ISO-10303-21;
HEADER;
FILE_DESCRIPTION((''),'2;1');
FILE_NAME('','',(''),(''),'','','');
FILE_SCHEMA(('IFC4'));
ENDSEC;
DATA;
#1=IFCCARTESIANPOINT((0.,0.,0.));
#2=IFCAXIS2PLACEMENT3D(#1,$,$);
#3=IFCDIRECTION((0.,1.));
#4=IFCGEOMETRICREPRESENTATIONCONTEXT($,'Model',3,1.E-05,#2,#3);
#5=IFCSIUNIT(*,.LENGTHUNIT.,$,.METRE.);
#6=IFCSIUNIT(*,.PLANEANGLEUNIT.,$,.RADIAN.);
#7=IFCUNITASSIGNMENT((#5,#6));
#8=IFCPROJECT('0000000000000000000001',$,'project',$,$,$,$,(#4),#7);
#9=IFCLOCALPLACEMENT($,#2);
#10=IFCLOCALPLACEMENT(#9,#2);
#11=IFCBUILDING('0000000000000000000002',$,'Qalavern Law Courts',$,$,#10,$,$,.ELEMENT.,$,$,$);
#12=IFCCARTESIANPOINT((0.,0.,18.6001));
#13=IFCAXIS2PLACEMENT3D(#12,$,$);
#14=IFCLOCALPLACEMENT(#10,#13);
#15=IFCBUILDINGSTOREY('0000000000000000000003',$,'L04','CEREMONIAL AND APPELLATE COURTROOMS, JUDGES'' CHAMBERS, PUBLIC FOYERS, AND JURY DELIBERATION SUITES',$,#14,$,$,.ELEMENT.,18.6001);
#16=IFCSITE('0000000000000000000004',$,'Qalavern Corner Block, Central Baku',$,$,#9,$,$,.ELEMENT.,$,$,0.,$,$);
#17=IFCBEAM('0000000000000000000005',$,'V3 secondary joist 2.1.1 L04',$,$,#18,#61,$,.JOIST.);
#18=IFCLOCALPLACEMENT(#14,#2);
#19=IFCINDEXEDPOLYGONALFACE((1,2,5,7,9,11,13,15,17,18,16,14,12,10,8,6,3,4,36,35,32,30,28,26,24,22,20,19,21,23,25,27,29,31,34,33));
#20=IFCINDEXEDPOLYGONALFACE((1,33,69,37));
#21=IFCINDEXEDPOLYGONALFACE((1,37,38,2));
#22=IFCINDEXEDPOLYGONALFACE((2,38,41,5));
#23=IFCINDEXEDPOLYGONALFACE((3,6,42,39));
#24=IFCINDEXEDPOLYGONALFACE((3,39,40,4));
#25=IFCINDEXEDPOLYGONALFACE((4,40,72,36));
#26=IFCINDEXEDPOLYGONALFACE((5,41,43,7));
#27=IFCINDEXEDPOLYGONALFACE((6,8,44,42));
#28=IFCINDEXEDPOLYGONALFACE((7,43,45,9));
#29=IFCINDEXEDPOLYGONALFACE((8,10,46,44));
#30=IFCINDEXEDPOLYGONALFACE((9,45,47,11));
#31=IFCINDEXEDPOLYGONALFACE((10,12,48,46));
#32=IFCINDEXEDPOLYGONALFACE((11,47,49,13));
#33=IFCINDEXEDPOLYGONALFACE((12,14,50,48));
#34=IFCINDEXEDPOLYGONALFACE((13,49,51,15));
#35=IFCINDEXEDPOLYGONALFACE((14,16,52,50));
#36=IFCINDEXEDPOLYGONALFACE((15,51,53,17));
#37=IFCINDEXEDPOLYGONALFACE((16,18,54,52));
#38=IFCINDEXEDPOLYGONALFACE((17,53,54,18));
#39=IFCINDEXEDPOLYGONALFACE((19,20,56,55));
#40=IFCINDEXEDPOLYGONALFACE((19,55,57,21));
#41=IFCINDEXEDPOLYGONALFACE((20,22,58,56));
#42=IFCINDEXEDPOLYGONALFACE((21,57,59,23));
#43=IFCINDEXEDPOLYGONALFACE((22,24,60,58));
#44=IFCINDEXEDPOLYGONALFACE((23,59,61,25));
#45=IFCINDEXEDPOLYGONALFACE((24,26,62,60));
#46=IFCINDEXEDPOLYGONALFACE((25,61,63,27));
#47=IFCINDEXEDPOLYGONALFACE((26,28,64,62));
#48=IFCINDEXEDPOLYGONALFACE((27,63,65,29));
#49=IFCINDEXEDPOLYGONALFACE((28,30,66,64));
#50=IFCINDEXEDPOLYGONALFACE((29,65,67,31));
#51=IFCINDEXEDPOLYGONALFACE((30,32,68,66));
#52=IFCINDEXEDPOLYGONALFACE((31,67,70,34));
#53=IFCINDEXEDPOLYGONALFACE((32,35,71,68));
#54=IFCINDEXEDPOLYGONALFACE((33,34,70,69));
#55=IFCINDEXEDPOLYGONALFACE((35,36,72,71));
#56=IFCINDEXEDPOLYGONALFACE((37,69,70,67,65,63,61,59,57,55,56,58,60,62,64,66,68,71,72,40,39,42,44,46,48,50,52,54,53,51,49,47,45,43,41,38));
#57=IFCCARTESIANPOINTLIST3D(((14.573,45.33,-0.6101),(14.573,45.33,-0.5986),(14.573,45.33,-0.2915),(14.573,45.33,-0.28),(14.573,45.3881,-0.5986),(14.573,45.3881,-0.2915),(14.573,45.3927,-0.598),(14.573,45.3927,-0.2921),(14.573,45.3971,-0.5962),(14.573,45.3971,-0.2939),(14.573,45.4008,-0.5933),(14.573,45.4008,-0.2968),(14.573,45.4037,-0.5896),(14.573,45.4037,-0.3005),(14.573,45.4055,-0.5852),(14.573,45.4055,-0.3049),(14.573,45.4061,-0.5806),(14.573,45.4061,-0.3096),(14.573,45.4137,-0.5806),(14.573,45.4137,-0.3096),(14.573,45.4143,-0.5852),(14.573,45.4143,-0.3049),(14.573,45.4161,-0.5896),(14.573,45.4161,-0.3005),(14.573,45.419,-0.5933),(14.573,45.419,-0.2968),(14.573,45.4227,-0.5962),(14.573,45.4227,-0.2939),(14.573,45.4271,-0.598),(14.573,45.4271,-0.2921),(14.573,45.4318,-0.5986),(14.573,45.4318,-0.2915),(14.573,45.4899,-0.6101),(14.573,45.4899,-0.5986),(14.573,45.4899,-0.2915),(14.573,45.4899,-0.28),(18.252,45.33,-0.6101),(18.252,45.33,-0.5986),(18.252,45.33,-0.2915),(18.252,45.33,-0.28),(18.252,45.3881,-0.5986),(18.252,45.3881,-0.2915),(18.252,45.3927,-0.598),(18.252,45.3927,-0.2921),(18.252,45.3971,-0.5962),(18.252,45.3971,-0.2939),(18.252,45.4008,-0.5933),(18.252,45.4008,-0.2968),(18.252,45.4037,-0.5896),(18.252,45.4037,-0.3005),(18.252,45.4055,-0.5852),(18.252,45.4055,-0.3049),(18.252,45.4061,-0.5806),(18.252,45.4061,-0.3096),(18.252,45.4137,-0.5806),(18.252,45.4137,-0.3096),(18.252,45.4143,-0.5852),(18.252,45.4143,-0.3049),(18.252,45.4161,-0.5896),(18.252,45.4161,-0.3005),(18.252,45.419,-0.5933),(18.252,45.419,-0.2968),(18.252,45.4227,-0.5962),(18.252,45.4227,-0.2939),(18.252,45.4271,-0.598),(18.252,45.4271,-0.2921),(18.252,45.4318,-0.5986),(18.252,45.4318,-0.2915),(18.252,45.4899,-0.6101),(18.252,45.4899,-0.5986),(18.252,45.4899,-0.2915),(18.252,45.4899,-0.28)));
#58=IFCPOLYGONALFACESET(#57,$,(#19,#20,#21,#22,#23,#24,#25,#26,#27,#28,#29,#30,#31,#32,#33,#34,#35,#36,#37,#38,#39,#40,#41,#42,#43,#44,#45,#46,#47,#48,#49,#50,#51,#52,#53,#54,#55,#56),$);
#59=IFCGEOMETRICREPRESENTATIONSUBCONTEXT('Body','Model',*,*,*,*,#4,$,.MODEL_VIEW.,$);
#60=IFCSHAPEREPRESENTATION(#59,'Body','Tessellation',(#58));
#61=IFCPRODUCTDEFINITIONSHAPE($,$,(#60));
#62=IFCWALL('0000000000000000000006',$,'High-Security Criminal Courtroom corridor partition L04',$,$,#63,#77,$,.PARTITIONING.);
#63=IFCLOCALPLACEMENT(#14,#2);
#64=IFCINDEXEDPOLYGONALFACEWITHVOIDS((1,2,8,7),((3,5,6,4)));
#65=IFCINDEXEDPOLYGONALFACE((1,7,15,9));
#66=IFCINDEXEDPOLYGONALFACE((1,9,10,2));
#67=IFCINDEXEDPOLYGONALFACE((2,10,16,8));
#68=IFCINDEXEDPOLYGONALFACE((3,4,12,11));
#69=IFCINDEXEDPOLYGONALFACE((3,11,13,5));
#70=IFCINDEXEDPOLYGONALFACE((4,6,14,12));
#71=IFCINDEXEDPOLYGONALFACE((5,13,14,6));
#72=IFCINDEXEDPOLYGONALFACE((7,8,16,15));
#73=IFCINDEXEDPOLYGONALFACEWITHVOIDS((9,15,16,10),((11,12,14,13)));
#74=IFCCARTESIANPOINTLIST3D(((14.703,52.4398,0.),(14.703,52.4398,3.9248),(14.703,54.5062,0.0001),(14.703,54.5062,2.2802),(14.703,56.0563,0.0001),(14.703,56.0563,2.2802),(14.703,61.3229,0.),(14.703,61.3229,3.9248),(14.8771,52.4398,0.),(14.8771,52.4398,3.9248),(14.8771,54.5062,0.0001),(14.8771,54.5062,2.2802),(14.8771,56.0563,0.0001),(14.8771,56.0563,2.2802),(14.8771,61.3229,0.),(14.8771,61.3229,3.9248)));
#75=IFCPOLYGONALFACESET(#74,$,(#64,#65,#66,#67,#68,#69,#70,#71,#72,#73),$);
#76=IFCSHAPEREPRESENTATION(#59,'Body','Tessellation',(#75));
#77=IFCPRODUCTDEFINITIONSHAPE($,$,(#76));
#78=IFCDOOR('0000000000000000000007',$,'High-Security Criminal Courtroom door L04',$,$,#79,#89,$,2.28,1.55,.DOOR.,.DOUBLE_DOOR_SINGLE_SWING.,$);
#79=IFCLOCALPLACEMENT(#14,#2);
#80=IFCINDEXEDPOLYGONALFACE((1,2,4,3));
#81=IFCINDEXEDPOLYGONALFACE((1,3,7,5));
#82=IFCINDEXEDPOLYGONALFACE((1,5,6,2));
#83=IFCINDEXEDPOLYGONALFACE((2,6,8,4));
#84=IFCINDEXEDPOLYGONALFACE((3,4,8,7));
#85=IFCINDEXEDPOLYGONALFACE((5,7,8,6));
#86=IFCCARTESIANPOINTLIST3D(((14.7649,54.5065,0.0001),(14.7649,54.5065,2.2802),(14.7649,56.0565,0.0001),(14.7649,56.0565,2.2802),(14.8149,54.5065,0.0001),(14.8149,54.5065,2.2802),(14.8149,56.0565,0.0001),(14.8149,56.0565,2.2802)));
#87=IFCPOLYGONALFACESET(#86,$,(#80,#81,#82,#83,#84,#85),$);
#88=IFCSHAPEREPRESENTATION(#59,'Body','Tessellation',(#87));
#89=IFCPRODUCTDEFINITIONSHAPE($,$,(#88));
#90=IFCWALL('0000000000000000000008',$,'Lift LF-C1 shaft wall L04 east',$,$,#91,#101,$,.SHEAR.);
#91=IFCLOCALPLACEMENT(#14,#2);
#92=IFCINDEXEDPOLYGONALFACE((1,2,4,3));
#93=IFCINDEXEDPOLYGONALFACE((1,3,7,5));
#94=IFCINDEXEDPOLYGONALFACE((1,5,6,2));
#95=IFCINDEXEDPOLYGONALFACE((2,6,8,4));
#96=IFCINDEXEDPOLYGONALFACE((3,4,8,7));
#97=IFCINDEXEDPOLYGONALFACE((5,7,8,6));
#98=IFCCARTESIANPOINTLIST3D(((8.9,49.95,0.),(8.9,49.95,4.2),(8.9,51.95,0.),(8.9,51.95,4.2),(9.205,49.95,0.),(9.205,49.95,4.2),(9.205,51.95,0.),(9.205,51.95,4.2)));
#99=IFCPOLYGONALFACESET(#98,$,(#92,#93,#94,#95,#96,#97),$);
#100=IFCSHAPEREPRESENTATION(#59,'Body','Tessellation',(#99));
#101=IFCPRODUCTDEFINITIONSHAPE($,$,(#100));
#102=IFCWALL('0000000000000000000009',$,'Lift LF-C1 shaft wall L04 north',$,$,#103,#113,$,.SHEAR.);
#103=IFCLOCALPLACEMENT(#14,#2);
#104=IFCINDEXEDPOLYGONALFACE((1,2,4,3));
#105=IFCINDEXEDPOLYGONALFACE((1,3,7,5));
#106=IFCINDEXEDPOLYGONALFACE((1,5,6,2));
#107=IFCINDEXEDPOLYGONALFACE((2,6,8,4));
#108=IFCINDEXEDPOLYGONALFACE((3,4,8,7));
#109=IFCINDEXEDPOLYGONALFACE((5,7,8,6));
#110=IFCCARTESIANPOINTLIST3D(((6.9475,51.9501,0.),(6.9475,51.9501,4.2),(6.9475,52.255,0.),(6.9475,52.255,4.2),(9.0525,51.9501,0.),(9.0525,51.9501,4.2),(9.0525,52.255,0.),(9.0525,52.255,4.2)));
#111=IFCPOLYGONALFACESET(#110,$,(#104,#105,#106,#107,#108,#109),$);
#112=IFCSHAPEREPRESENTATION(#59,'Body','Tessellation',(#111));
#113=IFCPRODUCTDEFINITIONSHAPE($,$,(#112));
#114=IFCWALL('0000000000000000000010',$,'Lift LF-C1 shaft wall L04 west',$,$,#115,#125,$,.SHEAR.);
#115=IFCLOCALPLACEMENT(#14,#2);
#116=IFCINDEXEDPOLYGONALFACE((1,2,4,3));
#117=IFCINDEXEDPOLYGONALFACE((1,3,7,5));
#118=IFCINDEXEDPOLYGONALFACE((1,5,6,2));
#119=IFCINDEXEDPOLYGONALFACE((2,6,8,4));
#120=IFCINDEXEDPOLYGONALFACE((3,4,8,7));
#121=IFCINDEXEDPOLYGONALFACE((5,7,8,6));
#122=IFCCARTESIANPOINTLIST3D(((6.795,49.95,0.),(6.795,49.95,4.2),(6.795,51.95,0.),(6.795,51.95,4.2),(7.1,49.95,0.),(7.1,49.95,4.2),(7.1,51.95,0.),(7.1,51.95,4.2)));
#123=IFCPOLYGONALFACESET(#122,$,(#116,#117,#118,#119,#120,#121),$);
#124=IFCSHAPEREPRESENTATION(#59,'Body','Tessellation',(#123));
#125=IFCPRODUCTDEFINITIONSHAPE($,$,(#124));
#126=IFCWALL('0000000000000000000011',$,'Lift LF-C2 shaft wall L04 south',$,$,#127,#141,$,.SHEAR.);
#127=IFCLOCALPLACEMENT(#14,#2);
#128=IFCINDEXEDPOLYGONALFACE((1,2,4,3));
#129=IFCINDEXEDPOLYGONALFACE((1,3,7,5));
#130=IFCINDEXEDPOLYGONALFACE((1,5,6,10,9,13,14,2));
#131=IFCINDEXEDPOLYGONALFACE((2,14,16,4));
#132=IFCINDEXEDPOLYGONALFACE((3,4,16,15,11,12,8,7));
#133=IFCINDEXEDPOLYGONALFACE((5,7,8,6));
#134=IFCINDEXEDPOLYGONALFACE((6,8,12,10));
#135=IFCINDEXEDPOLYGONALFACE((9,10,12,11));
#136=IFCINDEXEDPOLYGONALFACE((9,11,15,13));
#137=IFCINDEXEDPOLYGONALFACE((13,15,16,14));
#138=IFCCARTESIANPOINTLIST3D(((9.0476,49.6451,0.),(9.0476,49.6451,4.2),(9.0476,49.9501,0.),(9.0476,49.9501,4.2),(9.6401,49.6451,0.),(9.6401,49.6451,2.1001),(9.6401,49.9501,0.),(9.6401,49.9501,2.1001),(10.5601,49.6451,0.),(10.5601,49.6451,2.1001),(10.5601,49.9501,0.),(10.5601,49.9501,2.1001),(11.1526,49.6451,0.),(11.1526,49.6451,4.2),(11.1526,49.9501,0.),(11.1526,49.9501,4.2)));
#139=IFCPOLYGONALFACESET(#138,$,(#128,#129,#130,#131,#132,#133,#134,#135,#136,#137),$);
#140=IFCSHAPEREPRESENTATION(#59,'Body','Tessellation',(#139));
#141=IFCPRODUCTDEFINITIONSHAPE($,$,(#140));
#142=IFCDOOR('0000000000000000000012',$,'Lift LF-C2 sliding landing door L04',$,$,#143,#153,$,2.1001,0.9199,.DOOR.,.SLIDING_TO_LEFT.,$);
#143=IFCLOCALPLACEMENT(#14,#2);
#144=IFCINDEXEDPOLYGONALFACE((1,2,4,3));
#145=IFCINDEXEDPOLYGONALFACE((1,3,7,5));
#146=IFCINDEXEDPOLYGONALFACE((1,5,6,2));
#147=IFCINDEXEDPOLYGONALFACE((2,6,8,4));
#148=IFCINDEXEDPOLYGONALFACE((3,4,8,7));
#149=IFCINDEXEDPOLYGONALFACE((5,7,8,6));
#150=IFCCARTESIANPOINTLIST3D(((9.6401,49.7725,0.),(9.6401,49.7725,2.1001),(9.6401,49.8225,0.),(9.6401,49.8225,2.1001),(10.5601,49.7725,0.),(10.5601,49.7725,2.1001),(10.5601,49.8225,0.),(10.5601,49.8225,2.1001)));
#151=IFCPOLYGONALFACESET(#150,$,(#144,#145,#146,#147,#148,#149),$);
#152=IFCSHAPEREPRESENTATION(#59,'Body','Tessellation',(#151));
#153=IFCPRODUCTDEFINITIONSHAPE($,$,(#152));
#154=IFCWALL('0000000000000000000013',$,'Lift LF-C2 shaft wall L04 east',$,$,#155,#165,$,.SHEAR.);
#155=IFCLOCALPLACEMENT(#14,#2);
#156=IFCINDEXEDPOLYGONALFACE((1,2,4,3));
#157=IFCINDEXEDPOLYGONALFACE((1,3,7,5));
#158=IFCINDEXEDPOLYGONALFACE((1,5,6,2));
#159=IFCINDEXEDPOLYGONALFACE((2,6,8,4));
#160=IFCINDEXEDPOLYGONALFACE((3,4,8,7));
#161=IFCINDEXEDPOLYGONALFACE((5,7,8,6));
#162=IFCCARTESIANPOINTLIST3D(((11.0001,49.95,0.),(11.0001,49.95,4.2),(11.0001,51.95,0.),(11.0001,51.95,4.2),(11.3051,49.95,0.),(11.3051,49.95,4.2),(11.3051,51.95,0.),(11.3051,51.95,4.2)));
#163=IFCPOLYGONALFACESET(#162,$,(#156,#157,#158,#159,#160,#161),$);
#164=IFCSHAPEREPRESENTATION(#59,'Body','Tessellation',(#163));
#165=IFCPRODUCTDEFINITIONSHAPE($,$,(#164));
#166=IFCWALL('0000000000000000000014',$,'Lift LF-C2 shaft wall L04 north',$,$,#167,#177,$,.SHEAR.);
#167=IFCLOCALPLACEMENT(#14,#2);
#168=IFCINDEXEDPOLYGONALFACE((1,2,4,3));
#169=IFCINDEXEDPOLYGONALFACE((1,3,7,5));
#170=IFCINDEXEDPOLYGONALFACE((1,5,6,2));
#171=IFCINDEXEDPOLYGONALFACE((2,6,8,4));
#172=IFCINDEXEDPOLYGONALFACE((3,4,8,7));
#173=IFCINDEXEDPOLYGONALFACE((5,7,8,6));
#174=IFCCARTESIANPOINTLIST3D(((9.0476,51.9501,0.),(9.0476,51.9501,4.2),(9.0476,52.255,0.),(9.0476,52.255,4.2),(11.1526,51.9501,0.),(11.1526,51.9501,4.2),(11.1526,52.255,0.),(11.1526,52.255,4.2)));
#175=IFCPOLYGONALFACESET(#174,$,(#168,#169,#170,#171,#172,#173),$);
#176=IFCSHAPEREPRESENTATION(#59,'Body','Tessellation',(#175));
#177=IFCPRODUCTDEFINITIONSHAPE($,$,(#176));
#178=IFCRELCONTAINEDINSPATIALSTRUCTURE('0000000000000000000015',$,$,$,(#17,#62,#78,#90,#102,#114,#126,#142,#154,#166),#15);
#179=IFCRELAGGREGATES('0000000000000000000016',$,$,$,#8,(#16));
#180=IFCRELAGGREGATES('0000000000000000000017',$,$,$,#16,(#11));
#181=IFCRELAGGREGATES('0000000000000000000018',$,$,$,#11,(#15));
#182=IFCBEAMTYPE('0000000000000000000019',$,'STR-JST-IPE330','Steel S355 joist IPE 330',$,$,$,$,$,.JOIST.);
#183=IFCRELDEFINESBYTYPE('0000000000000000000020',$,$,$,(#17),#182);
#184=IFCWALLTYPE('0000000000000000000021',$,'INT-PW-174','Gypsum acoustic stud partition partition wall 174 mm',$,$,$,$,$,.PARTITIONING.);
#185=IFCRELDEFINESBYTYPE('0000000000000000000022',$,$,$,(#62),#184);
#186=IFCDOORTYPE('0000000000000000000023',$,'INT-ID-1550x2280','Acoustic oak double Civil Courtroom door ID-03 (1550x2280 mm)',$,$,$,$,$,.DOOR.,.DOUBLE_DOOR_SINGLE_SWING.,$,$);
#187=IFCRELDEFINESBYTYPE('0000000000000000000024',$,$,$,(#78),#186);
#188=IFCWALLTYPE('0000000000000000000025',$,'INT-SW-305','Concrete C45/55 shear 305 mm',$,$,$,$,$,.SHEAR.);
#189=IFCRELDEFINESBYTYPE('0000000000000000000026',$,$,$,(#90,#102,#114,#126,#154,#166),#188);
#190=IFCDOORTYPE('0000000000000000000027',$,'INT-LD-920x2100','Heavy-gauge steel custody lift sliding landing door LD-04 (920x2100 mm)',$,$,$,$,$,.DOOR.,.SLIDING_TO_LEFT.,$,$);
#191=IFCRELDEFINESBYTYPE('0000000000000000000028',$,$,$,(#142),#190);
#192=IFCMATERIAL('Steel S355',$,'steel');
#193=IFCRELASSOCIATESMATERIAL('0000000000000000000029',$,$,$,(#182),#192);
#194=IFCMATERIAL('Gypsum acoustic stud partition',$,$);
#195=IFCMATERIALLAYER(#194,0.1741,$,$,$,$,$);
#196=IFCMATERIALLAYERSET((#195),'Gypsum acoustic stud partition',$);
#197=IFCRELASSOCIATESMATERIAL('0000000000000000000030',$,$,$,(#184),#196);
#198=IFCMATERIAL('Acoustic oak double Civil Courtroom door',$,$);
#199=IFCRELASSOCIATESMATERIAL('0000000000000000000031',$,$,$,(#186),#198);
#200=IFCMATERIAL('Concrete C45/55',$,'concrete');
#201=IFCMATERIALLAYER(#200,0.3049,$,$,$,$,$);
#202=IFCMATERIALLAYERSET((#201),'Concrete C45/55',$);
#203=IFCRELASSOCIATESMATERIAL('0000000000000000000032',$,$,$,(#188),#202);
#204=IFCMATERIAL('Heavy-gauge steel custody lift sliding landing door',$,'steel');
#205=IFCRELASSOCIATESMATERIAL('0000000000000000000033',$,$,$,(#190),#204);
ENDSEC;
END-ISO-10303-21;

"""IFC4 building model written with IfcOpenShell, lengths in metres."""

from ifc_helpers import new_model, si_unit, direction, frame, frame_2d, origin, origin_2d, place, context, subcontext, project, spatial, rectangle, i_section, extrude, material, layer, layer_set, material_profile, profile_set, type_object, element, fill, save


model = new_model("IFC4")

# Units and contexts
model_context = context("Model", 3, precision=1e-05, world=origin(), true_north=direction((0.0, 1.0)))
body_context = subcontext(model_context, "Body", "Model", "MODEL_VIEW")
ifc_project = project(units=[si_unit("LENGTHUNIT", "METRE"), si_unit("PLANEANGLEUNIT", "RADIAN")], contexts=[model_context])

# Site, building, storey
site_placement = place(None, origin())
site = spatial("IfcSite", under=ifc_project, at=site_placement, Name="Qalavern Corner Block, Central Baku", CompositionType="ELEMENT", RefElevation=0.0)
building_placement = place(site_placement, origin())
building = spatial("IfcBuilding", under=site, at=building_placement, Name="Qalavern Law Courts", CompositionType="ELEMENT")
storey_placement = place(building_placement, frame((0.0, 0.0, 18.6001)))
storey = spatial("IfcBuildingStorey", under=building, at=storey_placement, Name="L04", Description="CEREMONIAL AND APPELLATE COURTROOMS, JUDGES' CHAMBERS, PUBLIC FOYERS, AND JURY DELIBERATION SUITES", CompositionType="ELEMENT", Elevation=18.6001)

# Shared definitions
ifc_material_1 = material(Name="Concrete C45/55", Category="concrete")

# Beam
ifc_material_2 = material(Name="Steel S355", Category="steel")
ifc_material_profile_1 = material_profile(ifc_material_2, i_section(OverallWidth=0.1599, OverallDepth=0.3301, WebThickness=0.0076, FlangeThickness=0.0115, FilletRadius=0.0181, at=origin_2d()), Name="IPE 330")
ifc_profile_set_1 = profile_set([ifc_material_profile_1], Name="Steel S355")
beam_type_1 = type_object("IfcBeamType", Name="STR-JST-IPE330", Description="Steel S355 joist IPE 330", PredefinedType="JOIST", material=ifc_profile_set_1)
beam_1_placement = place(storey_placement, frame((14.573, 45.4099, -0.4451), z_axis=(1.0, 0.0, 0.0), x_axis=(0.0, 1.0, 0.0)))
element("IfcBeam", 1, at=beam_1_placement, inside=storey, type_object=beam_type_1, Name="V3 secondary joist 2.1.1 L04", PredefinedType="JOIST", context=body_context, shape_type="SweptSolid", body=[
    extrude(i_section(OverallWidth=0.1599, OverallDepth=0.3301, WebThickness=0.0076, FlangeThickness=0.0115, FilletRadius=0.0181, at=origin_2d()), origin(), (0.0, 0.0, 1.0), 3.679),
])

# Wall, opening, door
ifc_material_3 = material(Name="Gypsum acoustic stud partition")
ifc_layer_1 = layer(ifc_material_3, 0.1741)
ifc_layer_set_1 = layer_set([ifc_layer_1], Name="Gypsum acoustic stud partition")
wall_type_1 = type_object("IfcWallType", Name="INT-PW-174", Description="Gypsum acoustic stud partition partition wall 174 mm", PredefinedType="PARTITIONING", material=ifc_layer_set_1)
wall_1_placement = place(storey_placement, frame((14.79, 52.4399, 0.0), z_axis=(0.0, 0.0, 1.0), x_axis=(0.0, 1.0, 0.0)))
wall_1 = element("IfcWall", 2, at=wall_1_placement, inside=storey, type_object=wall_type_1, Name="High-Security Criminal Courtroom corridor partition L04", PredefinedType="PARTITIONING", context=body_context, shape_type="SweptSolid", body=[
    extrude(rectangle(XDim=8.8831, YDim=0.1741, at=frame_2d((4.4414, 0.0))), origin(), (0.0, 0.0, 1.0), 3.9248),
])
opening_1_placement = place(wall_1_placement, frame((2.0664, 0.0, 0.0)))
opening_1 = element("IfcOpeningElement", 3, at=opening_1_placement, cuts=wall_1, PredefinedType="OPENING", context=body_context, shape_type="SweptSolid", body=[
    extrude(rectangle(XDim=1.55, YDim=2.28, at=frame_2d((0.7749, 1.1401))), frame((0.0, 0.1021, 0.0), z_axis=(0.0, -1.0, 0.0), x_axis=(1.0, 0.0, 0.0)), (0.0, 0.0, 1.0), 0.2039),
])
ifc_material_4 = material(Name="Acoustic oak double Civil Courtroom door")
door_type_1 = type_object("IfcDoorType", Name="INT-ID-1550x2280", Description="Acoustic oak double Civil Courtroom door ID-03 (1550x2280 mm)", OperationType="DOUBLE_DOOR_SINGLE_SWING", PredefinedType="DOOR", material=ifc_material_4)
door_1_placement = place(opening_1_placement, frame((1.55, 0.0, 0.0), z_axis=(0.0, 0.0, 1.0), x_axis=(-1.0, 0.0, 0.0)))
door_1 = element("IfcDoor", 4, at=door_1_placement, inside=storey, type_object=door_type_1, Name="High-Security Criminal Courtroom door L04", OperationType="DOUBLE_DOOR_SINGLE_SWING", OverallHeight=2.28, OverallWidth=1.55, PredefinedType="DOOR", context=body_context, shape_type="SweptSolid", body=[
    extrude(rectangle(XDim=1.55, YDim=2.28, at=frame_2d((0.7749, 1.1401))), frame((0.0, 0.0249, 0.0), z_axis=(0.0, -1.0, 0.0), x_axis=(1.0, 0.0, 0.0)), (0.0, 0.0, 1.0), 0.05),
])
fill(opening_1, door_1)

# Walls
ifc_layer_2 = layer(ifc_material_1, 0.3049)
ifc_layer_set_2 = layer_set([ifc_layer_2], Name="Concrete C45/55")
wall_type_2 = type_object("IfcWallType", Name="INT-SW-305", Description="Concrete C45/55 shear 305 mm", PredefinedType="SHEAR", material=ifc_layer_set_2)
wall_2_placement = place(storey_placement, frame((9.0525, 49.95, 0.0), z_axis=(0.0, 0.0, 1.0), x_axis=(0.0, 1.0, 0.0)))
element("IfcWall", 5, at=wall_2_placement, inside=storey, type_object=wall_type_2, Name="Lift LF-C1 shaft wall L04 east", PredefinedType="SHEAR", context=body_context, shape_type="SweptSolid", body=[
    extrude(rectangle(XDim=2.0, YDim=0.3049, at=frame_2d((1.0, 0.0))), origin(), (0.0, 0.0, 1.0), 4.2),
])
wall_3_placement = place(storey_placement, frame((9.0525, 52.1025, 0.0), z_axis=(0.0, 0.0, 1.0), x_axis=(-1.0, 0.0, 0.0)))
element("IfcWall", 6, at=wall_3_placement, inside=storey, type_object=wall_type_2, Name="Lift LF-C1 shaft wall L04 north", PredefinedType="SHEAR", context=body_context, shape_type="SweptSolid", body=[
    extrude(rectangle(XDim=2.105, YDim=0.3049, at=frame_2d((1.0525, 0.0))), origin(), (0.0, 0.0, 1.0), 4.2),
])
wall_4_placement = place(storey_placement, frame((6.9475, 51.95, 0.0), z_axis=(0.0, 0.0, 1.0), x_axis=(0.0, -1.0, 0.0)))
element("IfcWall", 7, at=wall_4_placement, inside=storey, type_object=wall_type_2, Name="Lift LF-C1 shaft wall L04 west", PredefinedType="SHEAR", context=body_context, shape_type="SweptSolid", body=[
    extrude(rectangle(XDim=2.0, YDim=0.3049, at=frame_2d((1.0, 0.0))), origin(), (0.0, 0.0, 1.0), 4.2),
])

# Wall, opening, door
wall_5_placement = place(storey_placement, frame((9.0476, 49.7976, 0.0), z_axis=(0.0, 0.0, 1.0), x_axis=(1.0, 0.0, 0.0)))
wall_5 = element("IfcWall", 8, at=wall_5_placement, inside=storey, type_object=wall_type_2, Name="Lift LF-C2 shaft wall L04 south", PredefinedType="SHEAR", context=body_context, shape_type="SweptSolid", body=[
    extrude(rectangle(XDim=2.105, YDim=0.3049, at=frame_2d((1.0525, 0.0))), origin(), (0.0, 0.0, 1.0), 4.2),
])
opening_2_placement = place(wall_5_placement, frame((0.5925, 0.0, 0.0)))
opening_2 = element("IfcOpeningElement", 9, at=opening_2_placement, cuts=wall_5, PredefinedType="OPENING", context=body_context, shape_type="SweptSolid", body=[
    extrude(rectangle(XDim=0.9199, YDim=2.1001, at=frame_2d((0.46, 1.05))), frame((0.0, 0.1675, 0.0), z_axis=(0.0, -1.0, 0.0), x_axis=(1.0, 0.0, 0.0)), (0.0, 0.0, 1.0), 0.3347),
])
ifc_material_5 = material(Name="Heavy-gauge steel custody lift sliding landing door", Category="steel")
door_type_2 = type_object("IfcDoorType", Name="INT-LD-920x2100", Description="Heavy-gauge steel custody lift sliding landing door LD-04 (920x2100 mm)", OperationType="SLIDING_TO_LEFT", PredefinedType="DOOR", material=ifc_material_5)
door_2_placement = place(opening_2_placement, origin())
door_2 = element("IfcDoor", 10, at=door_2_placement, inside=storey, type_object=door_type_2, Name="Lift LF-C2 sliding landing door L04", OperationType="SLIDING_TO_LEFT", OverallHeight=2.1001, OverallWidth=0.9199, PredefinedType="DOOR", context=body_context, shape_type="SweptSolid", body=[
    extrude(rectangle(XDim=0.9199, YDim=2.1001, at=frame_2d((0.46, 1.05))), frame((0.0, 0.0249, 0.0), z_axis=(0.0, -1.0, 0.0), x_axis=(1.0, 0.0, 0.0)), (0.0, 0.0, 1.0), 0.05),
])
fill(opening_2, door_2)

# Walls
wall_6_placement = place(storey_placement, frame((11.1526, 49.95, 0.0), z_axis=(0.0, 0.0, 1.0), x_axis=(0.0, 1.0, 0.0)))
element("IfcWall", 11, at=wall_6_placement, inside=storey, type_object=wall_type_2, Name="Lift LF-C2 shaft wall L04 east", PredefinedType="SHEAR", context=body_context, shape_type="SweptSolid", body=[
    extrude(rectangle(XDim=2.0, YDim=0.3049, at=frame_2d((1.0, 0.0))), origin(), (0.0, 0.0, 1.0), 4.2),
])
wall_7_placement = place(storey_placement, frame((11.1526, 52.1025, 0.0), z_axis=(0.0, 0.0, 1.0), x_axis=(-1.0, 0.0, 0.0)))
element("IfcWall", 12, at=wall_7_placement, inside=storey, type_object=wall_type_2, Name="Lift LF-C2 shaft wall L04 north", PredefinedType="SHEAR", context=body_context, shape_type="SweptSolid", body=[
    extrude(rectangle(XDim=2.105, YDim=0.3049, at=frame_2d((1.0525, 0.0))), origin(), (0.0, 0.0, 1.0), 4.2),
])

save(model, "model.ifc")
